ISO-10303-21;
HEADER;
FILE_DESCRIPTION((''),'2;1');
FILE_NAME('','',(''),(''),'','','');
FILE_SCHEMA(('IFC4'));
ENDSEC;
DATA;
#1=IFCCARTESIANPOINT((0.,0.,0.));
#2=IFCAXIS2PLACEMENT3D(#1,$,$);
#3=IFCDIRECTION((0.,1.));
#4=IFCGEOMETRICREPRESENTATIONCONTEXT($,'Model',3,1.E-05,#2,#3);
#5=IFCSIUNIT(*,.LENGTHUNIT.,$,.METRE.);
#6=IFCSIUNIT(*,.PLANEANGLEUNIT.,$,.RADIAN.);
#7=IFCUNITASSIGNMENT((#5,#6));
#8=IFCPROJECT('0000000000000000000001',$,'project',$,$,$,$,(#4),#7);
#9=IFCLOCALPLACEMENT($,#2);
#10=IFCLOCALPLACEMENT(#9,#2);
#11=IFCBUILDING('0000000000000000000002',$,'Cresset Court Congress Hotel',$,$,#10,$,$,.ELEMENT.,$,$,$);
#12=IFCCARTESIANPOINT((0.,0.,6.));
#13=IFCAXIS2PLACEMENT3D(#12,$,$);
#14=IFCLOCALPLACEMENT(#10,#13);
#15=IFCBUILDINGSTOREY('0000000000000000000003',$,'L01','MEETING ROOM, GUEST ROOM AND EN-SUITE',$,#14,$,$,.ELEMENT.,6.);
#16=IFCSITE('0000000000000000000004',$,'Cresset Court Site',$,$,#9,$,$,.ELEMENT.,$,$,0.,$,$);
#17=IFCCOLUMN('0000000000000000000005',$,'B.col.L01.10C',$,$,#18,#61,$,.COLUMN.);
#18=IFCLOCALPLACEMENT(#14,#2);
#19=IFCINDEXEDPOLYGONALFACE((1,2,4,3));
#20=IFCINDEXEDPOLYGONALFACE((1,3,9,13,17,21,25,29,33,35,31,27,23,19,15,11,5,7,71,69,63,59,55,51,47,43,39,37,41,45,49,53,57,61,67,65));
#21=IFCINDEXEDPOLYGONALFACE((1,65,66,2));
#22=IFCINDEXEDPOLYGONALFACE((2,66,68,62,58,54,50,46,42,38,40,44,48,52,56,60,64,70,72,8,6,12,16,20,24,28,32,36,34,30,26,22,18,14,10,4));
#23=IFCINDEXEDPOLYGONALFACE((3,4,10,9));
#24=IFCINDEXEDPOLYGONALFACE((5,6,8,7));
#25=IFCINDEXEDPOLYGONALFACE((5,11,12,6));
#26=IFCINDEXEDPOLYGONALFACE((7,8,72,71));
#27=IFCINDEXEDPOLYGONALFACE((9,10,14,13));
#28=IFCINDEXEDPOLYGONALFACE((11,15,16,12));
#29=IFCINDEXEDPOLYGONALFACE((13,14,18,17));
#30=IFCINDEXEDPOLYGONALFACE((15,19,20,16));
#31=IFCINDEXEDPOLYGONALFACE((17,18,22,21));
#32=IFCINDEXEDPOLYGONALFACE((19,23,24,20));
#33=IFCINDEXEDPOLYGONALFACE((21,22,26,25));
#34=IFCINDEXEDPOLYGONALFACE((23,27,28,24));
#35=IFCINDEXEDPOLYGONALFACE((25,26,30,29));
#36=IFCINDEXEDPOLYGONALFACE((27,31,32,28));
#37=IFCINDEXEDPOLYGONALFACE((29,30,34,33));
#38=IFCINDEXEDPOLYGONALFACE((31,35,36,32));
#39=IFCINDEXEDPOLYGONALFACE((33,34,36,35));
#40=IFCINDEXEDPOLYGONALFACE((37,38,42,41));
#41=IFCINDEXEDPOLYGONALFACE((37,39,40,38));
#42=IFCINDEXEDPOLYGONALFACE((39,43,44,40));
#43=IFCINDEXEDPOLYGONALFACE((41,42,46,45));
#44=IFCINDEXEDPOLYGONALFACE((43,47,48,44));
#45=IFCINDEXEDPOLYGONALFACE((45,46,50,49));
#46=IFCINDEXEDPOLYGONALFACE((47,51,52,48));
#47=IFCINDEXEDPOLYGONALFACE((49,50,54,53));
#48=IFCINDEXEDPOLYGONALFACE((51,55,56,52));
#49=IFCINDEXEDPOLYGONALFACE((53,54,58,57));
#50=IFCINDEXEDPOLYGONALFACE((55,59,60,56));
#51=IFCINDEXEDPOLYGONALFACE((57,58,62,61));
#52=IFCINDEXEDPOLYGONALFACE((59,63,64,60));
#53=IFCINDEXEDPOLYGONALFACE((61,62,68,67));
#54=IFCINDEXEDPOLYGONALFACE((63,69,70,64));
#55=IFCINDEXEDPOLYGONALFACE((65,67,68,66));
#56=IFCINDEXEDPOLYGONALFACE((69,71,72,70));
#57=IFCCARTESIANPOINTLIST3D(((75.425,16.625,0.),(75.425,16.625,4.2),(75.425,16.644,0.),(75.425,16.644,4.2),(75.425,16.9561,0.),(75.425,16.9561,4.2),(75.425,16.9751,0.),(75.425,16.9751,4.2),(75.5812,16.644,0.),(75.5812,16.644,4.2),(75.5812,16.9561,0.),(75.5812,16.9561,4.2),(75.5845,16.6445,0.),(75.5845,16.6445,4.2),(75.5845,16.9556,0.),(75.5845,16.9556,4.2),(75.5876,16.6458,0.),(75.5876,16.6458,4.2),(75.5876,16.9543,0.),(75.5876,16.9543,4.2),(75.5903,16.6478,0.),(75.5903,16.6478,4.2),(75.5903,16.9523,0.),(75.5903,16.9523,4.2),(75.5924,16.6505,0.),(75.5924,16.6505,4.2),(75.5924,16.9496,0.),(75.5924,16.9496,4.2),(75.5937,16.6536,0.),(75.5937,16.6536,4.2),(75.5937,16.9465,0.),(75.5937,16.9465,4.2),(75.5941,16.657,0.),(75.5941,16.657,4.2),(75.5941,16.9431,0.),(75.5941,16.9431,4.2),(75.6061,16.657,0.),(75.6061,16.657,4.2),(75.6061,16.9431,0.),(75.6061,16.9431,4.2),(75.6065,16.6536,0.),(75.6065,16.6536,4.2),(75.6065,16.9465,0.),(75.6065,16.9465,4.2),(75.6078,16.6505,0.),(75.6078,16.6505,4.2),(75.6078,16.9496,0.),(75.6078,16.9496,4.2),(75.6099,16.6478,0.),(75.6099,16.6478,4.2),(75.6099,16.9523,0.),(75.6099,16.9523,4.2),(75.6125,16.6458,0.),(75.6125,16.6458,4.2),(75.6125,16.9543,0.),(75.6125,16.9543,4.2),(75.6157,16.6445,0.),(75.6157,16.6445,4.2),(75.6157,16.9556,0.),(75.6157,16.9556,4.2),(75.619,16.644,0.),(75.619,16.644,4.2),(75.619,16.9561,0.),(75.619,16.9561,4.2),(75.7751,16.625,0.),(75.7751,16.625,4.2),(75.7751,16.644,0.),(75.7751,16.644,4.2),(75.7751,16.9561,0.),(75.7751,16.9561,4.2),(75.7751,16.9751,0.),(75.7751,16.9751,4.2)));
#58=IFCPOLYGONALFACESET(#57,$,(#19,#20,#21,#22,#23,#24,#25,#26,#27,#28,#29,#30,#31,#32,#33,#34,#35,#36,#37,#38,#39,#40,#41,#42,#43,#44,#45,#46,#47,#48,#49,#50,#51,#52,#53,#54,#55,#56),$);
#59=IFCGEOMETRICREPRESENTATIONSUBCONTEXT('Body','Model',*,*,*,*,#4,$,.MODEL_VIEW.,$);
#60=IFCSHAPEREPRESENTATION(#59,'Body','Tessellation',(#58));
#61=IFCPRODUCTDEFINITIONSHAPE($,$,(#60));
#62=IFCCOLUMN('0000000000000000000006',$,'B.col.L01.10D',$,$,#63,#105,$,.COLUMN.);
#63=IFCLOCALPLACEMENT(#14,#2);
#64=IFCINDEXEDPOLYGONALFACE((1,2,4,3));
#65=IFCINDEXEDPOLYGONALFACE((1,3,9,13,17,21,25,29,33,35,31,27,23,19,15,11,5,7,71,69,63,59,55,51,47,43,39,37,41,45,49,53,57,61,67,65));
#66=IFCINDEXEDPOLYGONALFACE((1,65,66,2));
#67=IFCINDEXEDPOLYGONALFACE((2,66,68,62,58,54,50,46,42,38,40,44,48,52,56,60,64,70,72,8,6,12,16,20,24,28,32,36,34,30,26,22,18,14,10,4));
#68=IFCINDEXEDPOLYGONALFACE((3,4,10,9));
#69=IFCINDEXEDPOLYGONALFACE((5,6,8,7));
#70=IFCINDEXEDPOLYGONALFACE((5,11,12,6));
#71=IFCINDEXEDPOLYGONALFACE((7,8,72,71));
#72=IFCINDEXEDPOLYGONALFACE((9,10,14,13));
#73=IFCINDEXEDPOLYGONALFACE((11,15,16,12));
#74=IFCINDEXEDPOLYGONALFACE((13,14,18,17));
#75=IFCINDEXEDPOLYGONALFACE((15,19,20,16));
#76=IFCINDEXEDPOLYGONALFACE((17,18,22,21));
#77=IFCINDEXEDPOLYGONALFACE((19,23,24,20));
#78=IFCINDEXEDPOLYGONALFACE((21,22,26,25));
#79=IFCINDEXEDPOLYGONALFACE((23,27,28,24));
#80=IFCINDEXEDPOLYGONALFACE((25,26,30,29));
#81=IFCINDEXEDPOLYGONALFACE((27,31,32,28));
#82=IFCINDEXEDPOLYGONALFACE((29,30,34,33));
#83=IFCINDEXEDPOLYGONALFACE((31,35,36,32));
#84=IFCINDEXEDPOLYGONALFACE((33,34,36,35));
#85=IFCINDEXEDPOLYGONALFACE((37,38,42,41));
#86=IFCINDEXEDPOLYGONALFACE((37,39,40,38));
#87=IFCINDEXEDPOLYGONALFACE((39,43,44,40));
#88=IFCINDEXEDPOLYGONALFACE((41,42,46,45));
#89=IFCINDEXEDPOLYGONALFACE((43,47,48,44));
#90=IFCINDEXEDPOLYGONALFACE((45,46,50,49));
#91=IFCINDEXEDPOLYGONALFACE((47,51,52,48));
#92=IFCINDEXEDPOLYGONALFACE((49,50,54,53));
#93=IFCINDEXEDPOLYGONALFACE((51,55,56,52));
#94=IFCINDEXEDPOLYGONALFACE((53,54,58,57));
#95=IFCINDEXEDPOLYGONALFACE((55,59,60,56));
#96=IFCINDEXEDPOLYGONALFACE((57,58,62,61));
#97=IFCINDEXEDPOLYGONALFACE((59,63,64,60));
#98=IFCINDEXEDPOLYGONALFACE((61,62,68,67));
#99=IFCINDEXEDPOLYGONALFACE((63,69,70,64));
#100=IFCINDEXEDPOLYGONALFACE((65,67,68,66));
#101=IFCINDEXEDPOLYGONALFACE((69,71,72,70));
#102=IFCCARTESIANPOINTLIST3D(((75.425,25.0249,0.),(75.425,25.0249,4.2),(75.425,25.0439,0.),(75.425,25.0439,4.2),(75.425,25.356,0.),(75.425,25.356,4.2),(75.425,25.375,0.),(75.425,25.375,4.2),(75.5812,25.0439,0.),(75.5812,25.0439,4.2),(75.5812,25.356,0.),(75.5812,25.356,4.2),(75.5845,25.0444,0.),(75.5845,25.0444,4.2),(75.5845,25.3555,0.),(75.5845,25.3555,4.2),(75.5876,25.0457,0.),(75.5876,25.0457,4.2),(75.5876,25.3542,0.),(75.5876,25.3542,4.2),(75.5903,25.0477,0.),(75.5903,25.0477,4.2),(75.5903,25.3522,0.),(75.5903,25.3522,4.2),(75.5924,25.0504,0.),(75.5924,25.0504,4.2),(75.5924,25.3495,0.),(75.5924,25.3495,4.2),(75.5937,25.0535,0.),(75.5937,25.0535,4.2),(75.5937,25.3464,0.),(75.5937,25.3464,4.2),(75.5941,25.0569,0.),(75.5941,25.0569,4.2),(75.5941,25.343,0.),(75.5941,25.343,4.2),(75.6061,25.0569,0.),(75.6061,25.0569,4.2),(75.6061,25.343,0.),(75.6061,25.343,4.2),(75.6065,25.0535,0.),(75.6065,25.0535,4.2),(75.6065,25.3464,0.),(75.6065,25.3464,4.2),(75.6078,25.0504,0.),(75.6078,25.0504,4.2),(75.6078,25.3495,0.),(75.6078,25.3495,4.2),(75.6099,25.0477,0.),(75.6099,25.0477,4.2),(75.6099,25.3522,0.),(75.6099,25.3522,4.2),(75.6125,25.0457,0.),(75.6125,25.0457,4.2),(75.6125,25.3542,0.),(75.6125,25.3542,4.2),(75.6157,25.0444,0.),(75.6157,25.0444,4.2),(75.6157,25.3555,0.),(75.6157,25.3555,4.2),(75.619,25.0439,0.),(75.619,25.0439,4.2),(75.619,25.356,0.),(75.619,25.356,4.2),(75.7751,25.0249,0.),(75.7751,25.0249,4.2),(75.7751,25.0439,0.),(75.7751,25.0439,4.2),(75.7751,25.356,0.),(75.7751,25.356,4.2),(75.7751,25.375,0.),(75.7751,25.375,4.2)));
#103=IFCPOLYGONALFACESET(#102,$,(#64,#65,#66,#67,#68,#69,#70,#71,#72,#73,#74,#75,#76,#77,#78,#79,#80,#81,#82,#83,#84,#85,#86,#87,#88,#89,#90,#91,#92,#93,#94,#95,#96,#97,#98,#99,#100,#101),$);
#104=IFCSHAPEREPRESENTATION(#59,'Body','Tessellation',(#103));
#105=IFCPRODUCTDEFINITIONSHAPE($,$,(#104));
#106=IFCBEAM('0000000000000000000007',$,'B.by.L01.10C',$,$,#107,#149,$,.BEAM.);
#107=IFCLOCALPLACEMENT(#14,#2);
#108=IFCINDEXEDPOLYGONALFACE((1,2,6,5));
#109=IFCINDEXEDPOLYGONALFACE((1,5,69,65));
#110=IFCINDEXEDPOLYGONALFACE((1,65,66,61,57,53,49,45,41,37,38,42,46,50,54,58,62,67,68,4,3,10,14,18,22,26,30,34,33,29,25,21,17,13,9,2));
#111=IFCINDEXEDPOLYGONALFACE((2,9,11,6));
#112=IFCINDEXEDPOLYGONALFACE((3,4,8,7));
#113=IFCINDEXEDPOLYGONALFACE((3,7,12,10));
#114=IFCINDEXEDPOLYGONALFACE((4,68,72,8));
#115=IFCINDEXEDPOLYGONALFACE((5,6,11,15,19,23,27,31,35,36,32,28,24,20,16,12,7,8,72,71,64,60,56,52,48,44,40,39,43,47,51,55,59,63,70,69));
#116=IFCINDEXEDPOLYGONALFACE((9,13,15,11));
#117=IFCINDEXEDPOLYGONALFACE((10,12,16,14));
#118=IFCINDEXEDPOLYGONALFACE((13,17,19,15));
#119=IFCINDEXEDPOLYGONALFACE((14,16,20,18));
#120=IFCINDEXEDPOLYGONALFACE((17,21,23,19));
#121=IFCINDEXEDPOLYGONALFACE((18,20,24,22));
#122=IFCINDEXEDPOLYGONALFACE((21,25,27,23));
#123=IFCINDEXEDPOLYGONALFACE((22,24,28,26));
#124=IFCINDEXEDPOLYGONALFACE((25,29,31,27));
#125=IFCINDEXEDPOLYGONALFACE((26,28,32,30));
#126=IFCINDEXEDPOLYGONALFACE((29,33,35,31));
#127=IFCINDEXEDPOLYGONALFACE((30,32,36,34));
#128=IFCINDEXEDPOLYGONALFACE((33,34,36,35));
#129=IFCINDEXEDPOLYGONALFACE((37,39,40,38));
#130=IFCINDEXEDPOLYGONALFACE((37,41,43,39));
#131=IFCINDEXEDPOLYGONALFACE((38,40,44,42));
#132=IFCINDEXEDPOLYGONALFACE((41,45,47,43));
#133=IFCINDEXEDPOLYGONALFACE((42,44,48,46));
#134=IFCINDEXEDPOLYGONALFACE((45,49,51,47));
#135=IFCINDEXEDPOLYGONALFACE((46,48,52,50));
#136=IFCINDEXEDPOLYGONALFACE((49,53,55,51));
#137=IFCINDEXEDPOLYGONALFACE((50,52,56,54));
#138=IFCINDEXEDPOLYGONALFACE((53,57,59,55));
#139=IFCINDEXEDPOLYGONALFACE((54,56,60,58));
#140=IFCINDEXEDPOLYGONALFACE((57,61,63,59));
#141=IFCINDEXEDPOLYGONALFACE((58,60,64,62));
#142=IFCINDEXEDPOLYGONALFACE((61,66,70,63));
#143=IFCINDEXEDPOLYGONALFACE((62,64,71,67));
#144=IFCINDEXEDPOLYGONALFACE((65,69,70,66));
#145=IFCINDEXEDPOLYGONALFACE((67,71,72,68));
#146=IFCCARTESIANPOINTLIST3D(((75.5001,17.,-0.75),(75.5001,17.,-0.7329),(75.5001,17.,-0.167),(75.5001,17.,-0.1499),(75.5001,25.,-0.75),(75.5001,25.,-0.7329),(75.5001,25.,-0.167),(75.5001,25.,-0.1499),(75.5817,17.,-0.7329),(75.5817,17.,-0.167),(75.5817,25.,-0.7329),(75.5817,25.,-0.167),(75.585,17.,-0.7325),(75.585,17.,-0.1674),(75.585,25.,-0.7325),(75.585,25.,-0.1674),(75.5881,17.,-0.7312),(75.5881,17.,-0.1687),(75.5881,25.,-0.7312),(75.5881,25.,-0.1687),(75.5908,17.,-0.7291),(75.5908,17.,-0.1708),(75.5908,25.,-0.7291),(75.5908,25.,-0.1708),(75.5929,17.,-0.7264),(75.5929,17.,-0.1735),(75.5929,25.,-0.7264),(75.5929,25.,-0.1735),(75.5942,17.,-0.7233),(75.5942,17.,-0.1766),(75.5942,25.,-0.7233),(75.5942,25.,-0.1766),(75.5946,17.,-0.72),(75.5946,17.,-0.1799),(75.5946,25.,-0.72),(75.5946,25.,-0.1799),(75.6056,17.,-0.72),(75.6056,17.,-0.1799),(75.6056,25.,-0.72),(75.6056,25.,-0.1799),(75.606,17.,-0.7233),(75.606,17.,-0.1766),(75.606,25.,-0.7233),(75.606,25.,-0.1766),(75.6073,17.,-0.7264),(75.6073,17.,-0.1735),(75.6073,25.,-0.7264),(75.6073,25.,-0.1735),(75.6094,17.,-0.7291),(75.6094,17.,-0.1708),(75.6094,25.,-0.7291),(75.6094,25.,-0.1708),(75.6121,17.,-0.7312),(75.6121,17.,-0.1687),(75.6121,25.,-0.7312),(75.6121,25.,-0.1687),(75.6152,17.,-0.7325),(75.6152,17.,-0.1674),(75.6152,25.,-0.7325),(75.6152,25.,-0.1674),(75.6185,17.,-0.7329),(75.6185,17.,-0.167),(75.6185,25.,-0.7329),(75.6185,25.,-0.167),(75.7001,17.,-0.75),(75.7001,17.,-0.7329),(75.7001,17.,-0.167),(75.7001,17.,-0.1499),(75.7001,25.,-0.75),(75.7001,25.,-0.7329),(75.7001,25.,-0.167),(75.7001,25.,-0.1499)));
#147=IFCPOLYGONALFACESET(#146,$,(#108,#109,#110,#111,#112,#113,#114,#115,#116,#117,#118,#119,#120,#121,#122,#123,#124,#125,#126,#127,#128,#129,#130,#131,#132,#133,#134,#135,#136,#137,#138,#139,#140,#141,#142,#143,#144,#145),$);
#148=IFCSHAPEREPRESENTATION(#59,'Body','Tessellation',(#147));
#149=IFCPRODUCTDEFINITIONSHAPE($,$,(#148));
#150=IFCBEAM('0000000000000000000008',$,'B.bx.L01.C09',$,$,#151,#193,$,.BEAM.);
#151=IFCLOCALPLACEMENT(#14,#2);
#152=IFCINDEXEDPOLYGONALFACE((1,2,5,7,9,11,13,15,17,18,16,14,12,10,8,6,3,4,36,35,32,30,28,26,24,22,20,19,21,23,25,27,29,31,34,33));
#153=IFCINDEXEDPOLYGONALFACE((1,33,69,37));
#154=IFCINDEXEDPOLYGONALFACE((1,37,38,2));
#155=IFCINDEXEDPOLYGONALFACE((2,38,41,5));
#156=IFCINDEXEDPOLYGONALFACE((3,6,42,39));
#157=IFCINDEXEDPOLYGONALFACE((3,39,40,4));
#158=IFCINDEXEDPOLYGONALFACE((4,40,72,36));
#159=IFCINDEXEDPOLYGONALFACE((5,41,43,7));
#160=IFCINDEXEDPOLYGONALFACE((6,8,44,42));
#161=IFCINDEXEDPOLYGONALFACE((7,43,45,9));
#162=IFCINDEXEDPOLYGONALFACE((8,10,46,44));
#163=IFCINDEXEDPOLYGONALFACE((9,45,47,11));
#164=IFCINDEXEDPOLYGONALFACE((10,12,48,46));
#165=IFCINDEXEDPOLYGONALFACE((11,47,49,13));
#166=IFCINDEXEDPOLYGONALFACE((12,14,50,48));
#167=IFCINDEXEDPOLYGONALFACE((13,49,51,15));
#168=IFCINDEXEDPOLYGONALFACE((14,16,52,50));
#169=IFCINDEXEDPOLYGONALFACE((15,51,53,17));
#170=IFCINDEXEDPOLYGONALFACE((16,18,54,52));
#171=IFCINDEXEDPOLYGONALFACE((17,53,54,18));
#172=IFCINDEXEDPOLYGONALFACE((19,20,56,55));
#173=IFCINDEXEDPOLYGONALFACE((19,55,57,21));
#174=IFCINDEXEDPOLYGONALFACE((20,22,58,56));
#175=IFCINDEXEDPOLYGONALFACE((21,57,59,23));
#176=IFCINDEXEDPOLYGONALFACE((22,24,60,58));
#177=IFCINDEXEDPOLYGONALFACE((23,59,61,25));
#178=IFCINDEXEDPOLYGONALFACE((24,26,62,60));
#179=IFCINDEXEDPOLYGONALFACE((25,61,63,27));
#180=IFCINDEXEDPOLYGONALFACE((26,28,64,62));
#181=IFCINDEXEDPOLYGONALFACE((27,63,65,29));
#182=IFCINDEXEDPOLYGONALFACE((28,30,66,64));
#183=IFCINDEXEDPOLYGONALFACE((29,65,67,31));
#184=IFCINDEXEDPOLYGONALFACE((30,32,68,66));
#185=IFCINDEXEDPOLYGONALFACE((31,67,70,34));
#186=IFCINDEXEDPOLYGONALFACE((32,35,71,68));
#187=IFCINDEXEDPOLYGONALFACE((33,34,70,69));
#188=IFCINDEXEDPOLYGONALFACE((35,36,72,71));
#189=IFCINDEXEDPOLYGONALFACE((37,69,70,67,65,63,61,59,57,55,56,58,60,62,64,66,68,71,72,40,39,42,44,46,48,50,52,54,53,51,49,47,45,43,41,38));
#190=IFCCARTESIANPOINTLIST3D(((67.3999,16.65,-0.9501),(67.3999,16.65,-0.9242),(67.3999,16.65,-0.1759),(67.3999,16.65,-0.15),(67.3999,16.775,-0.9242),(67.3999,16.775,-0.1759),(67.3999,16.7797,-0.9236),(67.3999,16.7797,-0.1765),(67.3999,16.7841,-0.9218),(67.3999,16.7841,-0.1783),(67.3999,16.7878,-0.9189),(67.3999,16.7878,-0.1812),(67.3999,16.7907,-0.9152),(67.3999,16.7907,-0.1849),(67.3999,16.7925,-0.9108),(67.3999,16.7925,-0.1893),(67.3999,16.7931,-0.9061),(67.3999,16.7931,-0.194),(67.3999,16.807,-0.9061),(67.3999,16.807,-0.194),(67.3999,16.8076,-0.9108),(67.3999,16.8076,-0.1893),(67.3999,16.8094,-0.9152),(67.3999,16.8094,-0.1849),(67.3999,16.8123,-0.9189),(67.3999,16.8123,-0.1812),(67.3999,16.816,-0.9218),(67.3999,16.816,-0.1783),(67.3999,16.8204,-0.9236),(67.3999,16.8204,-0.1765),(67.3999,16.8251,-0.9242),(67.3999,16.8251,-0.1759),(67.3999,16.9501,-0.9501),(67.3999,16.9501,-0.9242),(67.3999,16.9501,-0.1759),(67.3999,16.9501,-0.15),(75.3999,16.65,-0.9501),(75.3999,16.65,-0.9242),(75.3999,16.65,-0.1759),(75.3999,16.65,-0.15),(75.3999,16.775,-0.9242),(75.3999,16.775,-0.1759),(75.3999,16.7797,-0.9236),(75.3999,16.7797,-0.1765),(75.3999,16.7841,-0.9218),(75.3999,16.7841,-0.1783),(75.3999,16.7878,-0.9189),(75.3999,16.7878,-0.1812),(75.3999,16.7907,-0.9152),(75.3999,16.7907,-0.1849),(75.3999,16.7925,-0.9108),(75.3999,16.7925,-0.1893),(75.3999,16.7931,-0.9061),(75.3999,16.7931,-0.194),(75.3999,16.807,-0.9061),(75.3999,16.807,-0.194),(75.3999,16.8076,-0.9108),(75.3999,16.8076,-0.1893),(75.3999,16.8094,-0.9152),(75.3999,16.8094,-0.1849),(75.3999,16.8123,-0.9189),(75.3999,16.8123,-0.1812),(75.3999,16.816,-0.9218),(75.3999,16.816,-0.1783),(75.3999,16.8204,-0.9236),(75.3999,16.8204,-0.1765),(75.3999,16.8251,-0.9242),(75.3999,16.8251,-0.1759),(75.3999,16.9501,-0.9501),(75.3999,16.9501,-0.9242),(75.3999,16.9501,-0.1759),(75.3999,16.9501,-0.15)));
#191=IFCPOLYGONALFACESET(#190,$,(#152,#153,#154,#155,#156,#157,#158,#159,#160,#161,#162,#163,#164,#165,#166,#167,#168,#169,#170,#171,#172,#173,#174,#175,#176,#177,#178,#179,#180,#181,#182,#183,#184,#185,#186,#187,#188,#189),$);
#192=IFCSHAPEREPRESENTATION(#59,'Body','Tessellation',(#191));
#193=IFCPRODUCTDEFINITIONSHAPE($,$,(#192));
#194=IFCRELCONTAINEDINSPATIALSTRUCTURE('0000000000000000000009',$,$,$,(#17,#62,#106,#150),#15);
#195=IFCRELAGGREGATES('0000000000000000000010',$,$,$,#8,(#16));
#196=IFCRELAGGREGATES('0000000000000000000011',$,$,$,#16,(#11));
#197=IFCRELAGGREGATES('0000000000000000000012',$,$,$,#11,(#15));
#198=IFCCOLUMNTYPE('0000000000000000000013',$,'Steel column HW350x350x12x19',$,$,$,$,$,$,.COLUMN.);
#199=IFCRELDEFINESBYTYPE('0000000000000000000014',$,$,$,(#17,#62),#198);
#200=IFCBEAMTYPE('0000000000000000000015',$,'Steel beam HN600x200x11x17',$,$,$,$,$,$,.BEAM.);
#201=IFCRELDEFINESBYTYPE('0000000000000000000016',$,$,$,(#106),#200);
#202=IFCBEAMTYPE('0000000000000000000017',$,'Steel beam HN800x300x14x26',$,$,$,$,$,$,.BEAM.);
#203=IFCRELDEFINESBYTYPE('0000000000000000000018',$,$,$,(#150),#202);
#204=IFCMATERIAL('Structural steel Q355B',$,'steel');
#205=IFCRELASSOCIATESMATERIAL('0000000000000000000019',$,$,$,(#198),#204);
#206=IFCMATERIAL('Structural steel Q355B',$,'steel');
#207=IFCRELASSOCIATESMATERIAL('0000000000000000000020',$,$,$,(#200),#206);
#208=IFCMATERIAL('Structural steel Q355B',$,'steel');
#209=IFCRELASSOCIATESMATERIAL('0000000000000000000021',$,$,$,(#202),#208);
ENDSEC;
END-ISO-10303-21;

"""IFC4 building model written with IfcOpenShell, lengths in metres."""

from ifc_helpers import new_model, si_unit, direction, frame, origin, origin_2d, place, context, subcontext, project, spatial, i_section, extrude, material, material_profile, profile_set, type_object, element, save


model = new_model("IFC4")

# Units and contexts
model_context = context("Model", 3, precision=1e-05, world=origin(), true_north=direction((0.0, 1.0)))
body_context = subcontext(model_context, "Body", "Model", "MODEL_VIEW")
ifc_project = project(units=[si_unit("LENGTHUNIT", "METRE"), si_unit("PLANEANGLEUNIT", "RADIAN")], contexts=[model_context])

# Site, building, storey
site_placement = place(None, origin())
site = spatial("IfcSite", under=ifc_project, at=site_placement, Name="Cresset Court Site", CompositionType="ELEMENT", RefElevation=0.0)
building_placement = place(site_placement, origin())
building = spatial("IfcBuilding", under=site, at=building_placement, Name="Cresset Court Congress Hotel", CompositionType="ELEMENT")
storey_placement = place(building_placement, frame((0.0, 0.0, 6.0)))
storey = spatial("IfcBuildingStorey", under=building, at=storey_placement, Name="L01", Description="MEETING ROOM, GUEST ROOM AND EN-SUITE", CompositionType="ELEMENT", Elevation=6.0)

# Columns
ifc_material_1 = material(Name="Structural steel Q355B", Category="steel")
ifc_material_profile_1 = material_profile(ifc_material_1, i_section(OverallWidth=0.3501, OverallDepth=0.3501, WebThickness=0.012, FlangeThickness=0.019, FilletRadius=0.0129, at=origin_2d()), Name="HW350x350x12x19")
ifc_profile_set_1 = profile_set([ifc_material_profile_1], Name="Structural steel Q355B")
column_type = type_object("IfcColumnType", Name="Steel column HW350x350x12x19", PredefinedType="COLUMN", material=ifc_profile_set_1)
for number, where, z_axis, x_axis, name in (
    (1, (75.6001, 16.8, 0.0), (0.0, 0.0, 1.0), (1.0, 0.0, 0.0), "B.col.L01.10C"),
    (2, (75.6001, 25.2, 0.0), (0.0, 0.0, 1.0), (1.0, 0.0, 0.0), "B.col.L01.10D"),
):
    element("IfcColumn", number, at=place(storey_placement, frame(where, z_axis=z_axis, x_axis=x_axis)), inside=storey, type_object=column_type, Name=name, PredefinedType="COLUMN", context=body_context, shape_type="SweptSolid", body=[
        extrude(i_section(OverallWidth=0.3501, OverallDepth=0.3501, WebThickness=0.012, FlangeThickness=0.019, FilletRadius=0.0129, at=origin_2d()), origin(), (0.0, 0.0, 1.0), 4.2),
    ])

# Beams
ifc_material_2 = material(Name="Structural steel Q355B", Category="steel")
ifc_material_profile_2 = material_profile(ifc_material_2, i_section(OverallWidth=0.2, OverallDepth=0.6001, WebThickness=0.011, FlangeThickness=0.0171, FilletRadius=0.0129, at=origin_2d()), Name="HN600x200x11x17")
ifc_profile_set_2 = profile_set([ifc_material_profile_2], Name="Structural steel Q355B")
beam_type_1 = type_object("IfcBeamType", Name="Steel beam HN600x200x11x17", PredefinedType="BEAM", material=ifc_profile_set_2)
beam_1_placement = place(storey_placement, frame((75.6001, 17.0, -0.45), z_axis=(0.0, 1.0, 0.0), x_axis=(-1.0, 0.0, 0.0)))
element("IfcBeam", 3, at=beam_1_placement, inside=storey, type_object=beam_type_1, Name="B.by.L01.10C", PredefinedType="BEAM", context=body_context, shape_type="SweptSolid", body=[
    extrude(i_section(OverallWidth=0.2, OverallDepth=0.6001, WebThickness=0.011, FlangeThickness=0.0171, FilletRadius=0.0129, at=origin_2d()), origin(), (0.0, 0.0, 1.0), 8.0),
])
ifc_material_3 = material(Name="Structural steel Q355B", Category="steel")
ifc_material_profile_3 = material_profile(ifc_material_3, i_section(OverallWidth=0.3, OverallDepth=0.8, WebThickness=0.0139, FlangeThickness=0.0259, FilletRadius=0.0181, at=origin_2d()), Name="HN800x300x14x26")
ifc_profile_set_3 = profile_set([ifc_material_profile_3], Name="Structural steel Q355B")
beam_type_2 = type_object("IfcBeamType", Name="Steel beam HN800x300x14x26", PredefinedType="BEAM", material=ifc_profile_set_3)
for number, where, z_axis, x_axis, name in (
    (4, (67.3999, 16.8, -0.55), (1.0, 0.0, 0.0), (0.0, 1.0, 0.0), "B.bx.L01.C09"),
):
    element("IfcBeam", number, at=place(storey_placement, frame(where, z_axis=z_axis, x_axis=x_axis)), inside=storey, type_object=beam_type_2, Name=name, PredefinedType="BEAM", context=body_context, shape_type="SweptSolid", body=[
        extrude(i_section(OverallWidth=0.3, OverallDepth=0.8, WebThickness=0.0139, FlangeThickness=0.0259, FilletRadius=0.0181, at=origin_2d()), origin(), (0.0, 0.0, 1.0), 8.0),
    ])

save(model, "model.ifc")
